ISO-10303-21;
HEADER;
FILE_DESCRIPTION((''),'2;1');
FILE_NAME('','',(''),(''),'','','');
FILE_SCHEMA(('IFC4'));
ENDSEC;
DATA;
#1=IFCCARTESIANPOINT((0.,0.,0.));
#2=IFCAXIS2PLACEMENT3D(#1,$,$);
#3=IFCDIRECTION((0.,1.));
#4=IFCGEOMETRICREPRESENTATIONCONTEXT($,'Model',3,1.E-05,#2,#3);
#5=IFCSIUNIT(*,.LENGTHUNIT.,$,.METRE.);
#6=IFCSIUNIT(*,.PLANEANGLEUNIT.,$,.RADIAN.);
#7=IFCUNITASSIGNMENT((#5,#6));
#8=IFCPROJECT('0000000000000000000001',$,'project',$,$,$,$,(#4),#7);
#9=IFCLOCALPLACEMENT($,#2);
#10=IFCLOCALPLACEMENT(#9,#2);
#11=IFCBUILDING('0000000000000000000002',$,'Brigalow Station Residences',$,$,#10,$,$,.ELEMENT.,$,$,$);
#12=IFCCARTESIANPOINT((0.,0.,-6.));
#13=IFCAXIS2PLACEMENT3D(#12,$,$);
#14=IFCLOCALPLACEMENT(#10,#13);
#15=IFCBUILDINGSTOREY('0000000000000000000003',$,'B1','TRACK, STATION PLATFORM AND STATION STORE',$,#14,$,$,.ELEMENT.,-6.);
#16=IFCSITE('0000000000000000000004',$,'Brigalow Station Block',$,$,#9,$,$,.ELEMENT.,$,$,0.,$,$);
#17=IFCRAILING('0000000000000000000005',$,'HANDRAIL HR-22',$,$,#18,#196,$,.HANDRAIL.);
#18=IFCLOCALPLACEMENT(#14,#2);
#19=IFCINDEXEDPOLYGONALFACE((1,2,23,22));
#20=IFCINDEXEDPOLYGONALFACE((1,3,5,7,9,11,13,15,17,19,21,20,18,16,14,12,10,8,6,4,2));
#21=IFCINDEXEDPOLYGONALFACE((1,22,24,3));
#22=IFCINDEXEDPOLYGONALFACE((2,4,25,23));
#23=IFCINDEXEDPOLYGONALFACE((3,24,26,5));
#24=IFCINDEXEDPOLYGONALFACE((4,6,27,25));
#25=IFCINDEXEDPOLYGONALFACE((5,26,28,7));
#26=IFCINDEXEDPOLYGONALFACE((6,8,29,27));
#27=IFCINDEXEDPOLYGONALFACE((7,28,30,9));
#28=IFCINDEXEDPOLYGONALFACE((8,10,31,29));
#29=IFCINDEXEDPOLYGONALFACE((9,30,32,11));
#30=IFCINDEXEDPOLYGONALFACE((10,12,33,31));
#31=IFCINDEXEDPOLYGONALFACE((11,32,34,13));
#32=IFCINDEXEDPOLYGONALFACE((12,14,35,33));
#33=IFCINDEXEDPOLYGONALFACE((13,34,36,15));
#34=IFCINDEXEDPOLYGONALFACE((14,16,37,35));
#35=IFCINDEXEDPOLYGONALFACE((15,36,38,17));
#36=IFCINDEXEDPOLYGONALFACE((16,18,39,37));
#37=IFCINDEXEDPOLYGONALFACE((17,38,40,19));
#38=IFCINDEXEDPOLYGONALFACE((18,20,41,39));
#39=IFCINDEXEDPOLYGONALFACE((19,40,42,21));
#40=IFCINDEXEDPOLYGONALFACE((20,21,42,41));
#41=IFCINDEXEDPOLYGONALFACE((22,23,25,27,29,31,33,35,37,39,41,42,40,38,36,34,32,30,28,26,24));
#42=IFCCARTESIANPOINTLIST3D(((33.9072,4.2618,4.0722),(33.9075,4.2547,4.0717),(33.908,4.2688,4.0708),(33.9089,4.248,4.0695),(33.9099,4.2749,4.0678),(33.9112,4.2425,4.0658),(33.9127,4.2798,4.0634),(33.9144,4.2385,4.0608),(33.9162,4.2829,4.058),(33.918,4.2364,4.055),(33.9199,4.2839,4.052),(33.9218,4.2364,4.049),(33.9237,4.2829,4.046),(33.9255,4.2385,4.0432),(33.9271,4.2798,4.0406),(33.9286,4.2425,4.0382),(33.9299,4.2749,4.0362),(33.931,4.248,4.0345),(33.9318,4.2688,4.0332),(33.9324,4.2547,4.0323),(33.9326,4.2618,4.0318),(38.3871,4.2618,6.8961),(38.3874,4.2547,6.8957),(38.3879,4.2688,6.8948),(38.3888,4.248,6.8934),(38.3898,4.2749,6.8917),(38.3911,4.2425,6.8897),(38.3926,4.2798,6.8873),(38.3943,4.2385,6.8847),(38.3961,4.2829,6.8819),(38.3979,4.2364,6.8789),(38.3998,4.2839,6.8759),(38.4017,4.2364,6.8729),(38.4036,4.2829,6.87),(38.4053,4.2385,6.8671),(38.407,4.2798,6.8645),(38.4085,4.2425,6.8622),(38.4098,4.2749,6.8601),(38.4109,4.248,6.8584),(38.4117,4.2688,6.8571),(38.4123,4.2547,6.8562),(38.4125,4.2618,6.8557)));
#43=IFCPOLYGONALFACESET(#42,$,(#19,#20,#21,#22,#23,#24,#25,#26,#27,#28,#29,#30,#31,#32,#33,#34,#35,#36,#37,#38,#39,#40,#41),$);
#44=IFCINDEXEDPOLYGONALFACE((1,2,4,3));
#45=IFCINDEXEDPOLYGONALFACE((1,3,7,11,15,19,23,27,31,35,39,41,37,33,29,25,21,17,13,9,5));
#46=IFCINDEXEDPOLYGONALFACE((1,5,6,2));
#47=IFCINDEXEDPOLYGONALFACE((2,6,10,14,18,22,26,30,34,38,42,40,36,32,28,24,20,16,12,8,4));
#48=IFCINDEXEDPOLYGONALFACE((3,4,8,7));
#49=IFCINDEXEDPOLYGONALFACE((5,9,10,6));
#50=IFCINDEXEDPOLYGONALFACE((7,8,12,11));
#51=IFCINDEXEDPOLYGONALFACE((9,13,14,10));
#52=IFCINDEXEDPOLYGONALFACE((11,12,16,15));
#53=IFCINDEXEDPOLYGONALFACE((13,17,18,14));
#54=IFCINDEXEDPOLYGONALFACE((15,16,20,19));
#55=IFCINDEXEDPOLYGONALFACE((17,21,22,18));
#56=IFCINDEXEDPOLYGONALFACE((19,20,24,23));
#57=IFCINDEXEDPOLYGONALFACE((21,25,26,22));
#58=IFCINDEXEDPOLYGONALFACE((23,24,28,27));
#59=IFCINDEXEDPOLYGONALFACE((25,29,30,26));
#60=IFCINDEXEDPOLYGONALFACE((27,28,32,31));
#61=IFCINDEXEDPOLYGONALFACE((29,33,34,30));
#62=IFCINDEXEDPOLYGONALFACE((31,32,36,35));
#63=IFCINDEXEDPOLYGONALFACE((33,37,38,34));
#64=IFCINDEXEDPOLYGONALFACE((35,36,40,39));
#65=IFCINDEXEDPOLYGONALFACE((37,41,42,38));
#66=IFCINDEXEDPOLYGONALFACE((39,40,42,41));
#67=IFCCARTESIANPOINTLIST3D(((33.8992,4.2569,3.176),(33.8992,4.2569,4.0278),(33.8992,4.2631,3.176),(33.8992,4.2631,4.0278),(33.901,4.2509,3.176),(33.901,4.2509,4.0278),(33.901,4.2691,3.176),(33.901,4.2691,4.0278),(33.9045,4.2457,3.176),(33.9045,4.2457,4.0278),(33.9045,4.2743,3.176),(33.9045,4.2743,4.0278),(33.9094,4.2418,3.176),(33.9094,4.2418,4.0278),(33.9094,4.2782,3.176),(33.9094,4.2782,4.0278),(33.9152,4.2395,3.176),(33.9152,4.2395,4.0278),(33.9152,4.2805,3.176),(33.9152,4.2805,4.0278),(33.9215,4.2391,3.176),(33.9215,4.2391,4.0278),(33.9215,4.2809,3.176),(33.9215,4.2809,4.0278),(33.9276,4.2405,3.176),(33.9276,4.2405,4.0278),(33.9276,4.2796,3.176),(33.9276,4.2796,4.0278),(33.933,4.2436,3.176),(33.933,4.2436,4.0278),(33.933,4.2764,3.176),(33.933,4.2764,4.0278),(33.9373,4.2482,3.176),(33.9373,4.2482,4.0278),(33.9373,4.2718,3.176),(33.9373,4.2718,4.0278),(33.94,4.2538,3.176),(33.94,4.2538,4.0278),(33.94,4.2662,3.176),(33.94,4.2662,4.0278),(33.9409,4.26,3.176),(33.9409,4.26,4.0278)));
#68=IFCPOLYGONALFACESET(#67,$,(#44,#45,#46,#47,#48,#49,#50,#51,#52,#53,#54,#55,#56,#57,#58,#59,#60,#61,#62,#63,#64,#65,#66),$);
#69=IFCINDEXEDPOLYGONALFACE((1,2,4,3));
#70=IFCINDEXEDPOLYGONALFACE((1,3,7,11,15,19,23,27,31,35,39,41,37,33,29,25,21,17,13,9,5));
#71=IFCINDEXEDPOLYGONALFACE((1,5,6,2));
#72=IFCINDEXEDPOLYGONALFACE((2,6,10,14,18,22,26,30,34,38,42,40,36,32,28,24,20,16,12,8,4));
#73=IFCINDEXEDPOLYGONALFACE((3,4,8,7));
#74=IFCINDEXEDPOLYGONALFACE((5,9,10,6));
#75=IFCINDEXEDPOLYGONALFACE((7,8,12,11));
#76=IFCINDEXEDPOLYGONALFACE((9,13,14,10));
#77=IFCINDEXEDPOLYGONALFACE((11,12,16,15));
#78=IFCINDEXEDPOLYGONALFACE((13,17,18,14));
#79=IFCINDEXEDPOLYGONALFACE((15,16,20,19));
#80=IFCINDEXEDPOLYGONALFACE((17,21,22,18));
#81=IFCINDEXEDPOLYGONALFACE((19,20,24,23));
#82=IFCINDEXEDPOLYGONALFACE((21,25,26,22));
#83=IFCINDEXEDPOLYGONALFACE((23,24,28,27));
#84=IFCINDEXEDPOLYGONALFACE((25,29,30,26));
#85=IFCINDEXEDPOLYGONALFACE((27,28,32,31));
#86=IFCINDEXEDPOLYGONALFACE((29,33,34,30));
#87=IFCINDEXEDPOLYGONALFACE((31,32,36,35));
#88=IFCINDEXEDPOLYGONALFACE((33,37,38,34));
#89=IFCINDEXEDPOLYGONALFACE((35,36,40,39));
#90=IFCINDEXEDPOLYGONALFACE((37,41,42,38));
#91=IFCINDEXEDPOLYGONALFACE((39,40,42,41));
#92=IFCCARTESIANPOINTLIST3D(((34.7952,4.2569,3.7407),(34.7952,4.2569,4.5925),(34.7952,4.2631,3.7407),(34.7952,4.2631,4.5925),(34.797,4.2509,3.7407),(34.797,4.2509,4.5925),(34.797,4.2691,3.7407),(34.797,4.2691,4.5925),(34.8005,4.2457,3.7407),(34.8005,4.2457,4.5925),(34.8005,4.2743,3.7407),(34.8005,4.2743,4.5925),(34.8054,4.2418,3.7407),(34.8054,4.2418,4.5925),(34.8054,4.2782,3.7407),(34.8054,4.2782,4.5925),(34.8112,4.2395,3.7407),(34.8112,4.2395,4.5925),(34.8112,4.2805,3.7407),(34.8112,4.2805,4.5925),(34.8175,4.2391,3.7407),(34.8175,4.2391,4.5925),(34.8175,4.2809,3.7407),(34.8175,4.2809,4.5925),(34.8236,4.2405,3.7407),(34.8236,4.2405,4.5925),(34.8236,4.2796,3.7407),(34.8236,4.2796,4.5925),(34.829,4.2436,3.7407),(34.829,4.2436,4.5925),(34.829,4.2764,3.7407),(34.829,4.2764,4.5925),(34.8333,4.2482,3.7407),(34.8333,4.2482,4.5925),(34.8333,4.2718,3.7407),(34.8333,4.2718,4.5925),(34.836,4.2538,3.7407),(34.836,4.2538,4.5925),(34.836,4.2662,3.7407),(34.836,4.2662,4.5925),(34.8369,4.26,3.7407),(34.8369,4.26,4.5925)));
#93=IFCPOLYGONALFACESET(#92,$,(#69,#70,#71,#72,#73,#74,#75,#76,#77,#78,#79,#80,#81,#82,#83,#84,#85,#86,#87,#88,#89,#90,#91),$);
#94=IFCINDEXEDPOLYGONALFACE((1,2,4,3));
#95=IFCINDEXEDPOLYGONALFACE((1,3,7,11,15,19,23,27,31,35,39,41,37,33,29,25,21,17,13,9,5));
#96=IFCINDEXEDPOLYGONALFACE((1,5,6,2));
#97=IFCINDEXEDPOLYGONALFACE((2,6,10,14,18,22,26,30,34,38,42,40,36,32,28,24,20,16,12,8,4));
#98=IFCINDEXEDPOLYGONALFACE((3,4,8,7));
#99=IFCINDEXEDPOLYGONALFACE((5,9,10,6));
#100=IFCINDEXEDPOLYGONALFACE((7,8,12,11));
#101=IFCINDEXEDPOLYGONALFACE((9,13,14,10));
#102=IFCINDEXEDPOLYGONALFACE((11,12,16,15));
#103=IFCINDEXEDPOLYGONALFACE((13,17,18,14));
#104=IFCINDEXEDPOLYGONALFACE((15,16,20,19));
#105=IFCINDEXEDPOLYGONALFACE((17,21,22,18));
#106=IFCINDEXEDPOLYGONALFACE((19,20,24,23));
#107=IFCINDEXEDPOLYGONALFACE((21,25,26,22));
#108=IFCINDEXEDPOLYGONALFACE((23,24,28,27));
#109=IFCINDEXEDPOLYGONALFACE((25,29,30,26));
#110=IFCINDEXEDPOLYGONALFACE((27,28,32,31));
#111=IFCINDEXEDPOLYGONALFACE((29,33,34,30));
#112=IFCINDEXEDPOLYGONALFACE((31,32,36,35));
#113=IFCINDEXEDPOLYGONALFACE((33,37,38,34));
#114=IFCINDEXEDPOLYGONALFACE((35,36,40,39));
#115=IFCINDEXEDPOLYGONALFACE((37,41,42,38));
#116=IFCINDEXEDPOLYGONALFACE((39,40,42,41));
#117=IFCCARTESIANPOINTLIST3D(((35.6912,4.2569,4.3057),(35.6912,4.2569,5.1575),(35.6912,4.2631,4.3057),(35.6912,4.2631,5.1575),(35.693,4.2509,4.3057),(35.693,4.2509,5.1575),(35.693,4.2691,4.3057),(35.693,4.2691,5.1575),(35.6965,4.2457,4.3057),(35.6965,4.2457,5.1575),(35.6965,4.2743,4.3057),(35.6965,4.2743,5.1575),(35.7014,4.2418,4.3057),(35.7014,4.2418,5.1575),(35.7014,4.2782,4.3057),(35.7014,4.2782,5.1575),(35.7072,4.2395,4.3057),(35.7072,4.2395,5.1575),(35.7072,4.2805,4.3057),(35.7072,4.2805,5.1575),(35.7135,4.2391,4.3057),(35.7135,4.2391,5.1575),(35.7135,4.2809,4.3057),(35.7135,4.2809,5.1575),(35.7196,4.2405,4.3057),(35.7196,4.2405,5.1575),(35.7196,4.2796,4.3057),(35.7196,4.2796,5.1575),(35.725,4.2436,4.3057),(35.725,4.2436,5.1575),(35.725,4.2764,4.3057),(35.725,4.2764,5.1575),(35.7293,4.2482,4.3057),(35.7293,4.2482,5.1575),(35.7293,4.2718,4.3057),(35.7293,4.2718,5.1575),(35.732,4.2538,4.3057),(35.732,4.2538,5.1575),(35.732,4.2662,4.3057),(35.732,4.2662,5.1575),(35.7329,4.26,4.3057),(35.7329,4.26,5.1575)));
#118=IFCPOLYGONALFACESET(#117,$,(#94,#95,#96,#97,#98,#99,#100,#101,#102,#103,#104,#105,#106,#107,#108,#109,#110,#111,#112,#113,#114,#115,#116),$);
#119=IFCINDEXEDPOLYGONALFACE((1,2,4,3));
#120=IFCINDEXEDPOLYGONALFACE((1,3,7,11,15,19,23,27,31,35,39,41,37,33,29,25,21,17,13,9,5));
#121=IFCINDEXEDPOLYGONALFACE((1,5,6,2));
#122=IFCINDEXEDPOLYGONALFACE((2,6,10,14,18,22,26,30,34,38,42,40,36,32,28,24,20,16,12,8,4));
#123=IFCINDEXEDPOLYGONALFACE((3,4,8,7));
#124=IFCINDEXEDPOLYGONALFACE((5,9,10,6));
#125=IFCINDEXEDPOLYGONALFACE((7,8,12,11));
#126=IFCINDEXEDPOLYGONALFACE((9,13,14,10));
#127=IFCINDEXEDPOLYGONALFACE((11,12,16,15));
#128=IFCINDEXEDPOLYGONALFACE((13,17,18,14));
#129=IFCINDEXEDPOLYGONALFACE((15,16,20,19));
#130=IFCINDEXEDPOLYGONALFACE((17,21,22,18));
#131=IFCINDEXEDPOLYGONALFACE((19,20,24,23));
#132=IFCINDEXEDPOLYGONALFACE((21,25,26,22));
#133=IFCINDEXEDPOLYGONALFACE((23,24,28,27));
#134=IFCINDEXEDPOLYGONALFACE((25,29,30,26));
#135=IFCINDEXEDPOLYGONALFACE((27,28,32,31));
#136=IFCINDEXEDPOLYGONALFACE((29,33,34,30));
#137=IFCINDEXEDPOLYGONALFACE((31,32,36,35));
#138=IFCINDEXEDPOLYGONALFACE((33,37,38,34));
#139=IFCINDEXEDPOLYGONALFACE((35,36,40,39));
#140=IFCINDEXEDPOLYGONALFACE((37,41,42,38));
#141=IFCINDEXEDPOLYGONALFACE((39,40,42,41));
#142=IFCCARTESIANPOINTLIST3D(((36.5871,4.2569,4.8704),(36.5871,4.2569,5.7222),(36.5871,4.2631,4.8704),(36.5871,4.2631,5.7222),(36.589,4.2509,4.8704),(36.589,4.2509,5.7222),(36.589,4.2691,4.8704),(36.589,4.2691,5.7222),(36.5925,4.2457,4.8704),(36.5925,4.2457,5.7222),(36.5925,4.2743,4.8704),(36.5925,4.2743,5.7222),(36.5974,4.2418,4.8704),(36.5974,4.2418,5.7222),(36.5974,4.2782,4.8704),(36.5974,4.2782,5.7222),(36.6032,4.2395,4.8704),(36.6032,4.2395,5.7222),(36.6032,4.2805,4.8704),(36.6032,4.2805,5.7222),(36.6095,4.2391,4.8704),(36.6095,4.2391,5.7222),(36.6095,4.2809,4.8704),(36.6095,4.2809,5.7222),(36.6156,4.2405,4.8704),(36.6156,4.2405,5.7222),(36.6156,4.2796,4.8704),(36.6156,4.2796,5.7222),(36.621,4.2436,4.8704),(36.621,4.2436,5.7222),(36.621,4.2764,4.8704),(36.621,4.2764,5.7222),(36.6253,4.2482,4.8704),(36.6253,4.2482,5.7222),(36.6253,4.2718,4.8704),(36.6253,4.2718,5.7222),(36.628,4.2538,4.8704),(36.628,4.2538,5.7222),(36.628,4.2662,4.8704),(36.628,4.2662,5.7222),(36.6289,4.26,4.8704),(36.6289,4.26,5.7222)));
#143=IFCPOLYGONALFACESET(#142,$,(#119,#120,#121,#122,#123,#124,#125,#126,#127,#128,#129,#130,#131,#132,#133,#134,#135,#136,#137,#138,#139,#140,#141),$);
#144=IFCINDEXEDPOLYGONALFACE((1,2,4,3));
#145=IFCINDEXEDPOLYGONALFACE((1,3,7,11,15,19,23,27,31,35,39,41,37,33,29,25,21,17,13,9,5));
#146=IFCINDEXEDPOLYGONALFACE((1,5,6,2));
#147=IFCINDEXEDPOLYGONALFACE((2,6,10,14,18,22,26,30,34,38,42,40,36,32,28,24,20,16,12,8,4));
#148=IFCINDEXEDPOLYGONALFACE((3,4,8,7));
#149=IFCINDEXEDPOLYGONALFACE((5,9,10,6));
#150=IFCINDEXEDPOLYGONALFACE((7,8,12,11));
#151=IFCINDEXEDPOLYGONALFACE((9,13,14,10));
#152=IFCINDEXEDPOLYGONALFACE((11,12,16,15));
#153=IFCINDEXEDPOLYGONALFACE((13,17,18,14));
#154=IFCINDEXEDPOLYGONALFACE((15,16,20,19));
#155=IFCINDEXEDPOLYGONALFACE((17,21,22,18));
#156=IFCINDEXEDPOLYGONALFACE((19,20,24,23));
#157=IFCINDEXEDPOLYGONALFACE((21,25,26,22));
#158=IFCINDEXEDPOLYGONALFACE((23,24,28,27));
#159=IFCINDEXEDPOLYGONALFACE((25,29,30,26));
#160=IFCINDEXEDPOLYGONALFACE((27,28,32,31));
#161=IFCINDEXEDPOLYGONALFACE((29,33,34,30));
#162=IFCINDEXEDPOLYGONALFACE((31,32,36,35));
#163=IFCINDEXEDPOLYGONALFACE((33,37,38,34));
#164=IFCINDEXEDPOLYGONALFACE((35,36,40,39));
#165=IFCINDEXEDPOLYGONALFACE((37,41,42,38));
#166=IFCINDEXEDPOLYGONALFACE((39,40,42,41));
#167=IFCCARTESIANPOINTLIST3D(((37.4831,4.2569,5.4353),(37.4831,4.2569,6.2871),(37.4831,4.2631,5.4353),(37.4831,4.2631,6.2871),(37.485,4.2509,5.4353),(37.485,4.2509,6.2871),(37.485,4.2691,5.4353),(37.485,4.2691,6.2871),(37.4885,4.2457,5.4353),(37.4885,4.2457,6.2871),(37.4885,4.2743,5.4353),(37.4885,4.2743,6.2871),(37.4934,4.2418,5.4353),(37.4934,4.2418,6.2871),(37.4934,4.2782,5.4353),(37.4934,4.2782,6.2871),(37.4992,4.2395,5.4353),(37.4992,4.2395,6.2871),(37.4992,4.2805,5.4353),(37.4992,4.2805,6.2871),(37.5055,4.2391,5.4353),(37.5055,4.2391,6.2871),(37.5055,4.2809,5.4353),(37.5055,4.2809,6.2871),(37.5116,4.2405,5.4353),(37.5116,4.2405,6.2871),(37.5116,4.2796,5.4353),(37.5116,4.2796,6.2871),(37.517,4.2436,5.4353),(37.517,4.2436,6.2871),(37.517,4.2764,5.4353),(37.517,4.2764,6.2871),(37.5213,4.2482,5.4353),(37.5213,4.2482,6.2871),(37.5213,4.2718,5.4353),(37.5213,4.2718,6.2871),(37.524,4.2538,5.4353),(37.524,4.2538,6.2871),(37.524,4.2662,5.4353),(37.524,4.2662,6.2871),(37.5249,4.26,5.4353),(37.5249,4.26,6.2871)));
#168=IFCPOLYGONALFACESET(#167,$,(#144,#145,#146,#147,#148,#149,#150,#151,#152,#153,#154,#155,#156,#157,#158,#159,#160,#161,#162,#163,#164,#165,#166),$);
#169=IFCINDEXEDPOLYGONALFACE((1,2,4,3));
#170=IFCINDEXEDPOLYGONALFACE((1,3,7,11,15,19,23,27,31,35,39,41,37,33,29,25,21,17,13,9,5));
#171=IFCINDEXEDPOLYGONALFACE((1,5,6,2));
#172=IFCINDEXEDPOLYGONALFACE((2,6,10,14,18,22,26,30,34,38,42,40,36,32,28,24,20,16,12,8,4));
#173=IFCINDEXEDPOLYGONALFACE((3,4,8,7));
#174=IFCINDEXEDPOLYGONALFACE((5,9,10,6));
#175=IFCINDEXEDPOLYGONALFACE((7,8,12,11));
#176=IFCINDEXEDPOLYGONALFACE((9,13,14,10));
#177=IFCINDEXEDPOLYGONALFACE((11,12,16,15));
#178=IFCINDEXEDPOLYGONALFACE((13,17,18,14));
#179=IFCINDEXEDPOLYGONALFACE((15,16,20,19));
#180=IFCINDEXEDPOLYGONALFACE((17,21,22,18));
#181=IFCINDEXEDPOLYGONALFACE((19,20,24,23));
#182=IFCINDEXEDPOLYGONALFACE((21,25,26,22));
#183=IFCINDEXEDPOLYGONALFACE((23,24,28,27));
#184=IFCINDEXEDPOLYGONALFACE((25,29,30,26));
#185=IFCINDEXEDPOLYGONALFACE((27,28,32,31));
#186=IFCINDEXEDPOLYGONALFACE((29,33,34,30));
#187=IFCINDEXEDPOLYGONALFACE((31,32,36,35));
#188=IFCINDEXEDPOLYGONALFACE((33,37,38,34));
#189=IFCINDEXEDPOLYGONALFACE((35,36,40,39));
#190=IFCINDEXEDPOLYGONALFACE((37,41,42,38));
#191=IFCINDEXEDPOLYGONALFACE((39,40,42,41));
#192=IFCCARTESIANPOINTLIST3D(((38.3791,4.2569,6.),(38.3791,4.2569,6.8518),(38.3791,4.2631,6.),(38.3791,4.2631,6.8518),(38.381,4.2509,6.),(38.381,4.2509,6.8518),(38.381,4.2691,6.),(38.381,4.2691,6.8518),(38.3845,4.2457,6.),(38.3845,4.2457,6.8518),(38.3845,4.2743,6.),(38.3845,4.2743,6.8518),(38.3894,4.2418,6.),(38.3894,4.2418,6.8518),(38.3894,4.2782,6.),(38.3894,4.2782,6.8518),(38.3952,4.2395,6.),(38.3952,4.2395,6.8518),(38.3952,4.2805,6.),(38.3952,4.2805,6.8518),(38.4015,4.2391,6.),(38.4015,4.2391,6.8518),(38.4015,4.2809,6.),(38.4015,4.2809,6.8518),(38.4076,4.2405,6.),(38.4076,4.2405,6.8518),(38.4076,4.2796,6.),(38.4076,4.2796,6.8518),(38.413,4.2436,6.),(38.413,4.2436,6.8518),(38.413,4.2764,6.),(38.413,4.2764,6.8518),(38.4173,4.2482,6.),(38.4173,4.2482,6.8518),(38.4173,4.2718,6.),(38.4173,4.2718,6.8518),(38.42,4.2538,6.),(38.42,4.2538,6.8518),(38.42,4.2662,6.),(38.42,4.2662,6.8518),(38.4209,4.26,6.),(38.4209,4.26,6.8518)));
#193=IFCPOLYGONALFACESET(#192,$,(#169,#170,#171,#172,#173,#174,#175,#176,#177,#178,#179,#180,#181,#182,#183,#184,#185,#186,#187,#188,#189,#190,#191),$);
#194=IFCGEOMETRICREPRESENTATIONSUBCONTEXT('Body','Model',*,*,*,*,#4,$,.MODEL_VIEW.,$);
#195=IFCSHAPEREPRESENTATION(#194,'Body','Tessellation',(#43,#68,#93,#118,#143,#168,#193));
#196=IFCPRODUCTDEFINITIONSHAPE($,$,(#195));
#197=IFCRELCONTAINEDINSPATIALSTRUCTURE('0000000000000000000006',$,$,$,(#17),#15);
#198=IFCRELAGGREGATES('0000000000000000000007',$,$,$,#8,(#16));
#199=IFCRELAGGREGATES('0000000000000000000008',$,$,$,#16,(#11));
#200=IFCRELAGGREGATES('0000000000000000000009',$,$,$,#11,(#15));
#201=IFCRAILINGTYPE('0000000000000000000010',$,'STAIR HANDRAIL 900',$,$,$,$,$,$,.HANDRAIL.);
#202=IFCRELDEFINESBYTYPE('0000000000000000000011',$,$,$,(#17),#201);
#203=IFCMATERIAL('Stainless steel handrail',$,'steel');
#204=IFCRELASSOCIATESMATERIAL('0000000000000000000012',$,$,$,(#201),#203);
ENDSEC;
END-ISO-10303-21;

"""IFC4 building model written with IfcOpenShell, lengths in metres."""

from ifc_helpers import new_model, si_unit, direction, frame, origin, origin_2d, place, context, subcontext, project, spatial, circle, extrude, material, type_object, element, save


model = new_model("IFC4")

# Units and contexts
model_context = context("Model", 3, precision=1e-05, world=origin(), true_north=direction((0.0, 1.0)))
body_context = subcontext(model_context, "Body", "Model", "MODEL_VIEW")
ifc_project = project(units=[si_unit("LENGTHUNIT", "METRE"), si_unit("PLANEANGLEUNIT", "RADIAN")], contexts=[model_context])

# Site, building, storey
site_placement = place(None, origin())
site = spatial("IfcSite", under=ifc_project, at=site_placement, Name="Brigalow Station Block", CompositionType="ELEMENT", RefElevation=0.0)
building_placement = place(site_placement, origin())
building = spatial("IfcBuilding", under=site, at=building_placement, Name="Brigalow Station Residences", CompositionType="ELEMENT")
storey_placement = place(building_placement, frame((0.0, 0.0, -6.0)))
storey = spatial("IfcBuildingStorey", under=building, at=storey_placement, Name="B1", Description="TRACK, STATION PLATFORM AND STATION STORE", CompositionType="ELEMENT", Elevation=-6.0)

# Railing
ifc_material_1 = material(Name="Stainless steel handrail", Category="steel")
railing_type = type_object("IfcRailingType", Name="STAIR HANDRAIL 900", PredefinedType="HANDRAIL", material=ifc_material_1)
railing_1_placement = place(storey_placement, frame((33.9199, 4.26, 3.176)))
element("IfcRailing", 1, at=railing_1_placement, inside=storey, type_object=railing_type, Name="HANDRAIL HR-22", PredefinedType="HANDRAIL", context=body_context, shape_type="SweptSolid", body=[
    extrude(circle(Radius=0.0239, at=origin_2d()), frame((0.0, 0.0, 0.876), z_axis=(0.845956, 0.0, 0.533252), x_axis=(0.0, 1.0, 0.0)), (0.0, 0.0, 1.0), 5.2957),
    extrude(circle(Radius=0.021, at=origin_2d()), origin(), (0.0, 0.0, 1.0), 0.8518),
    extrude(circle(Radius=0.021, at=origin_2d()), frame((0.896, 0.0, 0.5647)), (0.0, 0.0, 1.0), 0.8518),
    extrude(circle(Radius=0.021, at=origin_2d()), frame((1.792, 0.0, 1.1296)), (0.0, 0.0, 1.0), 0.8518),
    extrude(circle(Radius=0.021, at=origin_2d()), frame((2.688, 0.0, 1.6943)), (0.0, 0.0, 1.0), 0.8518),
    extrude(circle(Radius=0.021, at=origin_2d()), frame((3.584, 0.0, 2.2593)), (0.0, 0.0, 1.0), 0.8518),
    extrude(circle(Radius=0.021, at=origin_2d()), frame((4.48, 0.0, 2.824)), (0.0, 0.0, 1.0), 0.8518),
])

save(model, "model.ifc")
